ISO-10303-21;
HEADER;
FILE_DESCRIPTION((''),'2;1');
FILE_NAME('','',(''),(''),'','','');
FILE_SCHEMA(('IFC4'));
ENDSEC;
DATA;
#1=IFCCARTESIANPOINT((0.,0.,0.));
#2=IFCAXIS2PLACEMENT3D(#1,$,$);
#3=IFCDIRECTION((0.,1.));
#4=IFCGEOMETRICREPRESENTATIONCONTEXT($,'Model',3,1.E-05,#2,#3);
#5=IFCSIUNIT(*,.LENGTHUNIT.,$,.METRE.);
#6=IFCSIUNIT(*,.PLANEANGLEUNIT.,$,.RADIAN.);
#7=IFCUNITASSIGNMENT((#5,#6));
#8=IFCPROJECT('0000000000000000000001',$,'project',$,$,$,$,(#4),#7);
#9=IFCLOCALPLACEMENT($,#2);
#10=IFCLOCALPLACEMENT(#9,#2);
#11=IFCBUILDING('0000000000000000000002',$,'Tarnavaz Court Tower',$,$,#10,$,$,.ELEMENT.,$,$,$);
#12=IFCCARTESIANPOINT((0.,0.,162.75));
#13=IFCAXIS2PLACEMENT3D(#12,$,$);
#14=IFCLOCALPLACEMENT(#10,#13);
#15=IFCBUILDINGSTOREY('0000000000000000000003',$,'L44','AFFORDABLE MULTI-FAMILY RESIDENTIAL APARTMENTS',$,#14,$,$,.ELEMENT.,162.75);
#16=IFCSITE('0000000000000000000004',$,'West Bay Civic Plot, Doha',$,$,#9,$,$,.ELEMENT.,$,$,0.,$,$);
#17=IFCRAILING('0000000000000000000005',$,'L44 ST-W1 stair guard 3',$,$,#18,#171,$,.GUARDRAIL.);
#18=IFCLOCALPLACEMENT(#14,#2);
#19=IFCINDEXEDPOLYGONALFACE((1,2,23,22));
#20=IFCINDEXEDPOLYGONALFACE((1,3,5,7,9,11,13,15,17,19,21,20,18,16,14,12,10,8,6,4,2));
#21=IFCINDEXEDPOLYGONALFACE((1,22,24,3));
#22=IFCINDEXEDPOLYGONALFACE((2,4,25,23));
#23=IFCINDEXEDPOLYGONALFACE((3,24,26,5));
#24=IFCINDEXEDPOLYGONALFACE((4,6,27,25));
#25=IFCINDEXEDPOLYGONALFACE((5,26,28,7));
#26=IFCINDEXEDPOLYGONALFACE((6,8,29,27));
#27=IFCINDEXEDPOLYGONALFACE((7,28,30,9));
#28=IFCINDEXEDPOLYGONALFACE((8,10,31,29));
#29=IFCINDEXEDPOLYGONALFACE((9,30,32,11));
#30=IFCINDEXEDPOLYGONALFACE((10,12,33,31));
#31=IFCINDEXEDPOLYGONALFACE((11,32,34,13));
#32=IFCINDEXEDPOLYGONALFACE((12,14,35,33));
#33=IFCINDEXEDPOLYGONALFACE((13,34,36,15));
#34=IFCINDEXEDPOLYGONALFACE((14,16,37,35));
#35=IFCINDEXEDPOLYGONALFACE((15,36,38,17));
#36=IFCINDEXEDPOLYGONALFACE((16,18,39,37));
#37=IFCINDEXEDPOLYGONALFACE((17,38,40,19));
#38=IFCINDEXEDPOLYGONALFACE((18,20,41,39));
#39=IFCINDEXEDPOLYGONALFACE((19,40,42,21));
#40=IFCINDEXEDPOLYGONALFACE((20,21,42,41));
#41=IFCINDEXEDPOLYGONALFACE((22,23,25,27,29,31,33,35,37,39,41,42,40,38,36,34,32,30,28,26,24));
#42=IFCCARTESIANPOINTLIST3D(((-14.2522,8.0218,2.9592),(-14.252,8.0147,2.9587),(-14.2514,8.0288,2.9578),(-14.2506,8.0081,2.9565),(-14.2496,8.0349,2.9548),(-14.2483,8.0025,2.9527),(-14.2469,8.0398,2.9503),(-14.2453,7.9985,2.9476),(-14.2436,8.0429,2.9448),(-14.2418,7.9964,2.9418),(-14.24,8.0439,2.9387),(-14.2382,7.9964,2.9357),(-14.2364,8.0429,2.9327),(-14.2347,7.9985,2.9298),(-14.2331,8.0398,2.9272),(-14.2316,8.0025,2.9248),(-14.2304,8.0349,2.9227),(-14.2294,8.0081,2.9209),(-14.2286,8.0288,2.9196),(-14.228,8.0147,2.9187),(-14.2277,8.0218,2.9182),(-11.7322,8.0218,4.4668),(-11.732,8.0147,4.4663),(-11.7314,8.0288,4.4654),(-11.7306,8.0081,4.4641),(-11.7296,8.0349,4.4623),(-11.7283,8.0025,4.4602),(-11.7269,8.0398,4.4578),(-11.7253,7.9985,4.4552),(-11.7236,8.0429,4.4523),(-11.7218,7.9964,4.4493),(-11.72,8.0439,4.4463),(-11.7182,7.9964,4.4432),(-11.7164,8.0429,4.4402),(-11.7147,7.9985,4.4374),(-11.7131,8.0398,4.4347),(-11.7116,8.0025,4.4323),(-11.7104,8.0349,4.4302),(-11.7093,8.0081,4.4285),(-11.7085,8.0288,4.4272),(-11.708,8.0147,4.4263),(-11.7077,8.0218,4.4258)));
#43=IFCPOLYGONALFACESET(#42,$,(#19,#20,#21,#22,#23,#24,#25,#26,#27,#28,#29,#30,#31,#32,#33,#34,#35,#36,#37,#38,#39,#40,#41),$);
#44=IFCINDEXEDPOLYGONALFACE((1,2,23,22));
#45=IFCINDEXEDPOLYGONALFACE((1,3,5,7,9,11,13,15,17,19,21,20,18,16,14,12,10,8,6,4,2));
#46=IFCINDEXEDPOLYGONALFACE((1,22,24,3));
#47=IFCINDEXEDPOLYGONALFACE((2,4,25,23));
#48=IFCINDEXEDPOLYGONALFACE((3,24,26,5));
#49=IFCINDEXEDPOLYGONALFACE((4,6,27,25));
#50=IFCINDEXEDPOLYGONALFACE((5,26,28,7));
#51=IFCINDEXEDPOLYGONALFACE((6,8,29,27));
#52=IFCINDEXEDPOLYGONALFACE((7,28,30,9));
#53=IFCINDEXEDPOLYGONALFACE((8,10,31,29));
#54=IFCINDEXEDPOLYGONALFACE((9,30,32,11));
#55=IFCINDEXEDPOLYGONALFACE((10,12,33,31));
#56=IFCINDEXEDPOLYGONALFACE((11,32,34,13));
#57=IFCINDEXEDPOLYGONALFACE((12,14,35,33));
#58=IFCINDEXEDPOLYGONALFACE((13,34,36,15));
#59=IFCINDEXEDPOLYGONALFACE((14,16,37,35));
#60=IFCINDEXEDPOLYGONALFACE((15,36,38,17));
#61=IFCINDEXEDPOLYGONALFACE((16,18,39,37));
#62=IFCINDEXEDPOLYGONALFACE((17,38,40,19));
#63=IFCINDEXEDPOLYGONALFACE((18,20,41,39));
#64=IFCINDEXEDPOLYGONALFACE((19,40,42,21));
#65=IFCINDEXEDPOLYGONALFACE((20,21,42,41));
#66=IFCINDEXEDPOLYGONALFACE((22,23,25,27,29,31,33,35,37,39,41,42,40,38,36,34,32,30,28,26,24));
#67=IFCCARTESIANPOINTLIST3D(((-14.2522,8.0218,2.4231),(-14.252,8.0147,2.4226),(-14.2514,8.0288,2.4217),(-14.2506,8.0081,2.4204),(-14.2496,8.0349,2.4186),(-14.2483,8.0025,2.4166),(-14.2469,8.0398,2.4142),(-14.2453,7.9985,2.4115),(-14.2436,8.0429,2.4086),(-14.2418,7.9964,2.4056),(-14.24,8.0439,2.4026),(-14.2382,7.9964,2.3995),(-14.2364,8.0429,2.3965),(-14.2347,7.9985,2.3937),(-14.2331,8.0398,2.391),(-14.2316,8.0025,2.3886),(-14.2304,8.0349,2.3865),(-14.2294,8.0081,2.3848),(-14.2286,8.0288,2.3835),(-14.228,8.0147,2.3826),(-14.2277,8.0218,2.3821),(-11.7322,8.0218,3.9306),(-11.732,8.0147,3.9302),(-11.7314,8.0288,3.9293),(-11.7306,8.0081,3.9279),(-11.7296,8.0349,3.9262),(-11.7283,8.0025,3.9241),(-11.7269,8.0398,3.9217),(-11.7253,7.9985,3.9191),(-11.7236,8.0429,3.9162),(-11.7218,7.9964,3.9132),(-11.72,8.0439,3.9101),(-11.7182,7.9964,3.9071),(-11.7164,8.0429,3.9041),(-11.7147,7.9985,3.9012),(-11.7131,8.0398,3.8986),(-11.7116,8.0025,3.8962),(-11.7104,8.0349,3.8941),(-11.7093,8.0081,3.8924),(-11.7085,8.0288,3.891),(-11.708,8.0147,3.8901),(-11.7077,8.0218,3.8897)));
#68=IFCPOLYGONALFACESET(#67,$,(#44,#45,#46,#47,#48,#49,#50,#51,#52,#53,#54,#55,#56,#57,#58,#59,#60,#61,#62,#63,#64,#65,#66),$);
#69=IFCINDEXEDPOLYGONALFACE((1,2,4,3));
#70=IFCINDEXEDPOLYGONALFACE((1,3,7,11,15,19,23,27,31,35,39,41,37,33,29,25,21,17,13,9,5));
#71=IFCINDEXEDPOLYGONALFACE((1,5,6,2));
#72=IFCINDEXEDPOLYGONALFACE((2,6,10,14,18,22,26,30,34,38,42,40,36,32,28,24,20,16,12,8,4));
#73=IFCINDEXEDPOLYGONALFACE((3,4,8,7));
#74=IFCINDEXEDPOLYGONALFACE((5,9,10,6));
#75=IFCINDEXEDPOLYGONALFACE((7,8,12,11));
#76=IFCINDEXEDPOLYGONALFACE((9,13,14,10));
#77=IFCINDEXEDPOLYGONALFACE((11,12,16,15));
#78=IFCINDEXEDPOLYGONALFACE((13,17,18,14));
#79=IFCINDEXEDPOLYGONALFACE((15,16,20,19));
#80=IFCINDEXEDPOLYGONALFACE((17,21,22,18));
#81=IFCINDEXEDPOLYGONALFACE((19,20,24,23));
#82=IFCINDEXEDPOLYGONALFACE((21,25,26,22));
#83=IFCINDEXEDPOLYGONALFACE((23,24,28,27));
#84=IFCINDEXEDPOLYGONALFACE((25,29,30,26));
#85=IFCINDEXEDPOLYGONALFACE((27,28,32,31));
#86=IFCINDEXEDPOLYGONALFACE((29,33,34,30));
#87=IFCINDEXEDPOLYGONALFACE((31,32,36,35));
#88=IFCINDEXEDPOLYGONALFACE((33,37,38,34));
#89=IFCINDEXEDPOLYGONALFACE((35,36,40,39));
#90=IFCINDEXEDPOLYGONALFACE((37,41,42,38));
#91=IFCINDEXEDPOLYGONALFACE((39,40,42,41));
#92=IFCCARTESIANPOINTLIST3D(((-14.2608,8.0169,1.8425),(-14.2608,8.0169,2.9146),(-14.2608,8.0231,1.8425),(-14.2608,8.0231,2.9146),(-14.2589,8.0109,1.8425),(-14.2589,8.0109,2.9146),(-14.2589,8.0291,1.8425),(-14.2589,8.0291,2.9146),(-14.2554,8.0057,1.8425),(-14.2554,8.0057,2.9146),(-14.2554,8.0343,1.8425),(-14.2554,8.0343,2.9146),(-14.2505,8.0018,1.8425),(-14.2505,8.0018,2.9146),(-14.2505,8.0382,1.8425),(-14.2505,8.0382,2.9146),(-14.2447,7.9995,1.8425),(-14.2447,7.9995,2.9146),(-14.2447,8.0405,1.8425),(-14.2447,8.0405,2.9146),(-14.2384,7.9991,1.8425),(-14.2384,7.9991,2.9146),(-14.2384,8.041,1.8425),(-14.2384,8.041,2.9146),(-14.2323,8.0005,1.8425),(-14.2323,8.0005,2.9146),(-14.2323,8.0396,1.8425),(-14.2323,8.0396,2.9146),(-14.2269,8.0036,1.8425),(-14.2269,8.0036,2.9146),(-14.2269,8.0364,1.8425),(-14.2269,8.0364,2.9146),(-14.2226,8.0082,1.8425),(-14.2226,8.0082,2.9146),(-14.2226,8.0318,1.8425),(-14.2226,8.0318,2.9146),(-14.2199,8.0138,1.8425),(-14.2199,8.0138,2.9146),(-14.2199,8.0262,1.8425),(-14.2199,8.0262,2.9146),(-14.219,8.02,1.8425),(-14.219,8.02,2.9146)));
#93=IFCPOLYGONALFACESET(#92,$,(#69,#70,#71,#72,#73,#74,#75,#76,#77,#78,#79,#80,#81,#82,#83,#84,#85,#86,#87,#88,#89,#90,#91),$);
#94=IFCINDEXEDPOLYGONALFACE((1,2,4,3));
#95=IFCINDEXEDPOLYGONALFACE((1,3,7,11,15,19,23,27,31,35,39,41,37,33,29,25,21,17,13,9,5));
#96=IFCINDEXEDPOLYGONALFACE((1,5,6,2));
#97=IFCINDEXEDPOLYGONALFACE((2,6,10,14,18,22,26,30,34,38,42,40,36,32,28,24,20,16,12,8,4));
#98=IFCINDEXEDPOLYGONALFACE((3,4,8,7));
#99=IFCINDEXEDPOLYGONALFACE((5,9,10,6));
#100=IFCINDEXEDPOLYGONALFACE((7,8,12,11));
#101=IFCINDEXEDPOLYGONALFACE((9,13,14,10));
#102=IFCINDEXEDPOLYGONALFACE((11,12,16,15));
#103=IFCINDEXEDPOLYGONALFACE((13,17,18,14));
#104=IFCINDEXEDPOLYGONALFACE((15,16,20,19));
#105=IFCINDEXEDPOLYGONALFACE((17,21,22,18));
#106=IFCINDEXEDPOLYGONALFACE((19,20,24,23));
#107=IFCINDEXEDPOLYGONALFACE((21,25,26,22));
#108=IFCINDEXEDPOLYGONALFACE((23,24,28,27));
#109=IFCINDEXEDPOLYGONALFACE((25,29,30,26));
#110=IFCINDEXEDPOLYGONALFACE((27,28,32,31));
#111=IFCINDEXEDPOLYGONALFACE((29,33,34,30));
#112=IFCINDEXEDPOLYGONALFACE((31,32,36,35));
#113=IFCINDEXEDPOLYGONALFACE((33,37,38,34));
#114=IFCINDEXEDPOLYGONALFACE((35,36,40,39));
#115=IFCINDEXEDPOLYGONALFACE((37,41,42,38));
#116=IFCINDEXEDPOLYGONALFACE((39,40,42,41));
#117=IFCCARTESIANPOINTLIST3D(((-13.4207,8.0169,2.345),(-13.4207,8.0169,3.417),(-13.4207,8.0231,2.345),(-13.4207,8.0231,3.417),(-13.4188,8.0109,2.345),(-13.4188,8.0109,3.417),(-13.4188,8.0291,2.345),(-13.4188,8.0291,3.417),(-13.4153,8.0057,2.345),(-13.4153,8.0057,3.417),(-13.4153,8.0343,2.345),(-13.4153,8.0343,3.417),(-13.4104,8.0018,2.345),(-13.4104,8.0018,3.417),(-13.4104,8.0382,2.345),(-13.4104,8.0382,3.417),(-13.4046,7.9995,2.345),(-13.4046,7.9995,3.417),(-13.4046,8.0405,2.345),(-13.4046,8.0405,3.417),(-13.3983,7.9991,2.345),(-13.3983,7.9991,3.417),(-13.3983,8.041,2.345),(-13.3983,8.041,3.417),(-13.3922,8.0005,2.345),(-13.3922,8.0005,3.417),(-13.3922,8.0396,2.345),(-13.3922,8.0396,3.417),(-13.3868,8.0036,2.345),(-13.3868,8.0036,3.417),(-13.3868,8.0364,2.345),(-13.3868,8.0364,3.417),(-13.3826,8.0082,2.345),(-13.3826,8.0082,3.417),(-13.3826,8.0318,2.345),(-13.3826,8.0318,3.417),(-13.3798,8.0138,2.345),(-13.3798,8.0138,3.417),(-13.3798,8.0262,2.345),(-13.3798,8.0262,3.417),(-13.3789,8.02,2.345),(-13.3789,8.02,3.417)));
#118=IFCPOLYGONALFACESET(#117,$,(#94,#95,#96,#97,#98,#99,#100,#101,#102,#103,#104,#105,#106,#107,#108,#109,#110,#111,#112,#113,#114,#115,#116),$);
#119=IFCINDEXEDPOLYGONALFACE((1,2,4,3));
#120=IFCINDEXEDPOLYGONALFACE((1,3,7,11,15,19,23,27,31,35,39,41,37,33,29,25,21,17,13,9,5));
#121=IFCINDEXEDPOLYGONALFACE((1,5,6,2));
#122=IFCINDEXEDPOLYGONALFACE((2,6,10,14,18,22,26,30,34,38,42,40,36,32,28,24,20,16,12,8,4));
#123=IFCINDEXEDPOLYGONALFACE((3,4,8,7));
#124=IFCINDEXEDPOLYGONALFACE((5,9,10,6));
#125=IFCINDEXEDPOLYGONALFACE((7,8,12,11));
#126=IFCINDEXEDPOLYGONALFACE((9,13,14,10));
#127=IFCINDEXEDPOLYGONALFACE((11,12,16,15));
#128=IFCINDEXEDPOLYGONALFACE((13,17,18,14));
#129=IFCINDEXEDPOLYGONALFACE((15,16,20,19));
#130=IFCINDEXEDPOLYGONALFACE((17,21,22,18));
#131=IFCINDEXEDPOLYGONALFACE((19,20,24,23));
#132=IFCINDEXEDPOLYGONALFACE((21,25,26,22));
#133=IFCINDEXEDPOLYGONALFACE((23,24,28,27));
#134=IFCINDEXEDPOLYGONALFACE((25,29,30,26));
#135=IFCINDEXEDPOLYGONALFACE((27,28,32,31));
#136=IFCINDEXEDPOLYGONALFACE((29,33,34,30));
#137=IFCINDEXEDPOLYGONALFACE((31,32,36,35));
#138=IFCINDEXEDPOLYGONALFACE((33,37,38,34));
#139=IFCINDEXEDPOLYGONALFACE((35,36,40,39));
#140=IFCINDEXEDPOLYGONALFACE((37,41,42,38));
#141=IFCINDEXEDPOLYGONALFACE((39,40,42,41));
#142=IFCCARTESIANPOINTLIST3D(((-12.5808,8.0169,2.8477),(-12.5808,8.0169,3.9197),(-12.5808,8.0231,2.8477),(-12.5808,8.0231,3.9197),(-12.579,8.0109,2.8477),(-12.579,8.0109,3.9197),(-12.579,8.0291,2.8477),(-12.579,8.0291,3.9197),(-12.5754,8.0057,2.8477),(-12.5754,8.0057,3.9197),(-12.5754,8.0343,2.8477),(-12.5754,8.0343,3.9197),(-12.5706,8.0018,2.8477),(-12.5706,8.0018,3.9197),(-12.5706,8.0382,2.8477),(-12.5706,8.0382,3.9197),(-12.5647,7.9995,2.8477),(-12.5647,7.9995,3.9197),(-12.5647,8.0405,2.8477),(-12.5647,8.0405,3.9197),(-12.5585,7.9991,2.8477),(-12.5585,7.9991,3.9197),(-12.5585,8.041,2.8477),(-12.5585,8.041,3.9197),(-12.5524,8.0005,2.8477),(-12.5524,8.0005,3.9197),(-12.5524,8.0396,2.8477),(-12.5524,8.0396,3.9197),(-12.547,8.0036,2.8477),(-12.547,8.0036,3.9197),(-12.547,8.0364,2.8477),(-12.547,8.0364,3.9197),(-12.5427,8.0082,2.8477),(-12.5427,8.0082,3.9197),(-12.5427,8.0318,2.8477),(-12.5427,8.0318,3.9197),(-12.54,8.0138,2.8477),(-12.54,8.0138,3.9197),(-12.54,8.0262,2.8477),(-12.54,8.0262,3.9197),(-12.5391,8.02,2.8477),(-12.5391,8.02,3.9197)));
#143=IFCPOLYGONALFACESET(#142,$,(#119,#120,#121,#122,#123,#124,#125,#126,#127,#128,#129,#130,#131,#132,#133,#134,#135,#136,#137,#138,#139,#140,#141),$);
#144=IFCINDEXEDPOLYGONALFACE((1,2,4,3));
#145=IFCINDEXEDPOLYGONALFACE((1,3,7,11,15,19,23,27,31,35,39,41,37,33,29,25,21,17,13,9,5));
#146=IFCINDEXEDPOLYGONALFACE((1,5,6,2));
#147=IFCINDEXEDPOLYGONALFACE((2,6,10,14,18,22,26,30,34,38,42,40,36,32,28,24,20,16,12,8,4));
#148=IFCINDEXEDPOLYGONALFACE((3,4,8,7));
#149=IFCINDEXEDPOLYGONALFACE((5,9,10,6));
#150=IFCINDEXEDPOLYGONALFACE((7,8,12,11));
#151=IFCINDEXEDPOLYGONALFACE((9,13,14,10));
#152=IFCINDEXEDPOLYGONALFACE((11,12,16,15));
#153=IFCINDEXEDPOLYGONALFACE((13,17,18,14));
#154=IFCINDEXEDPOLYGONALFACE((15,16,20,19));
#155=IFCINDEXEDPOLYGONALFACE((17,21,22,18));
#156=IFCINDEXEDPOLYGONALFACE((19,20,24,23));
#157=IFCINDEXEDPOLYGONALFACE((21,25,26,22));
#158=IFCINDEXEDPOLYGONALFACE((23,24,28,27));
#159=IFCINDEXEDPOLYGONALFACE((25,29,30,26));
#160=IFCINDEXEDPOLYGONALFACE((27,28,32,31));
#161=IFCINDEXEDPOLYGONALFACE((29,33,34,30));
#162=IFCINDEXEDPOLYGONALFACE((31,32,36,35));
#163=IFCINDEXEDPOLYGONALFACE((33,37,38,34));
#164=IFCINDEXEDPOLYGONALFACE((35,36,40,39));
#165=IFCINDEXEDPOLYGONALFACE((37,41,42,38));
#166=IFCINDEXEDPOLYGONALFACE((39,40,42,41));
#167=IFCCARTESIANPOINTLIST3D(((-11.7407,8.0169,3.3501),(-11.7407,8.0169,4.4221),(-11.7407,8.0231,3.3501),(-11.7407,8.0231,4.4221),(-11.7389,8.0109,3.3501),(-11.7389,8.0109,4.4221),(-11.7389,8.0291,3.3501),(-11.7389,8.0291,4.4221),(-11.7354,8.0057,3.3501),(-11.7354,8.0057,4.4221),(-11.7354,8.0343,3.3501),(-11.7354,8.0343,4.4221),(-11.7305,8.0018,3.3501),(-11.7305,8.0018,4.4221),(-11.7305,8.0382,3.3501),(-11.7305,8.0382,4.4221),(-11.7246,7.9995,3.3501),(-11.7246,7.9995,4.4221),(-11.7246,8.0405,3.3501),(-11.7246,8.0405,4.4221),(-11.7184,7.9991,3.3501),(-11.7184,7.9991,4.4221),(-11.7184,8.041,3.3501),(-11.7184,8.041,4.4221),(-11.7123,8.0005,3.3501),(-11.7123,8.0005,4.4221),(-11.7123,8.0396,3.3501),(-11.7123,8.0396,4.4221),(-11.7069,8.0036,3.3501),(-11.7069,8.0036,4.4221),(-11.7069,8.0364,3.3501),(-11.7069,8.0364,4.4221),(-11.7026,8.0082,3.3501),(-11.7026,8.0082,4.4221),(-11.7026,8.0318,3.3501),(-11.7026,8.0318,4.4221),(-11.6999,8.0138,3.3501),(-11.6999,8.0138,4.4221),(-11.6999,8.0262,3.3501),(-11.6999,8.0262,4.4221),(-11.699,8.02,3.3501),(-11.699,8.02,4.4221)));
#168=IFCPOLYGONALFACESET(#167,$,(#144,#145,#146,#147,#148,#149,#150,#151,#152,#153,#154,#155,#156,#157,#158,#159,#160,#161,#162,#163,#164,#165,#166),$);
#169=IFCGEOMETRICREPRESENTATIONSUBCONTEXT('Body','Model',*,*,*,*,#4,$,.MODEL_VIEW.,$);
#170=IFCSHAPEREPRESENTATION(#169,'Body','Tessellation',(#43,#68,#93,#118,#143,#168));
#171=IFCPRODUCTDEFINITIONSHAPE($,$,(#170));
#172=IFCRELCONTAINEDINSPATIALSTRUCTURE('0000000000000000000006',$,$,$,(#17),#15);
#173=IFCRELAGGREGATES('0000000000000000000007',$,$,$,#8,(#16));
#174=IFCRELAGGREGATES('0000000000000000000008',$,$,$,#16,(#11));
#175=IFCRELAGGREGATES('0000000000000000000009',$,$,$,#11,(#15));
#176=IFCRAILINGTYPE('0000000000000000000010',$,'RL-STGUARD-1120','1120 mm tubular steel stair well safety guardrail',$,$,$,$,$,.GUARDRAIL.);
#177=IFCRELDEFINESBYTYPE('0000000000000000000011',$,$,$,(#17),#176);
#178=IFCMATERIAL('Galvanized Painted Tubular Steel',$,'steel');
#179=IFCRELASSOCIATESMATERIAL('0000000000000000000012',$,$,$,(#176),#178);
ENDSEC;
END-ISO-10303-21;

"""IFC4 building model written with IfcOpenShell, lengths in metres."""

from ifc_helpers import new_model, si_unit, direction, frame, origin, origin_2d, place, context, subcontext, project, spatial, circle, extrude, material, type_object, element, save


model = new_model("IFC4")

# Units and contexts
model_context = context("Model", 3, precision=1e-05, world=origin(), true_north=direction((0.0, 1.0)))
body_context = subcontext(model_context, "Body", "Model", "MODEL_VIEW")
ifc_project = project(units=[si_unit("LENGTHUNIT", "METRE"), si_unit("PLANEANGLEUNIT", "RADIAN")], contexts=[model_context])

# Site, building, storey
site_placement = place(None, origin())
site = spatial("IfcSite", under=ifc_project, at=site_placement, Name="West Bay Civic Plot, Doha", CompositionType="ELEMENT", RefElevation=0.0)
building_placement = place(site_placement, origin())
building = spatial("IfcBuilding", under=site, at=building_placement, Name="Tarnavaz Court Tower", CompositionType="ELEMENT")
storey_placement = place(building_placement, frame((0.0, 0.0, 162.75)))
storey = spatial("IfcBuildingStorey", under=building, at=storey_placement, Name="L44", Description="AFFORDABLE MULTI-FAMILY RESIDENTIAL APARTMENTS", CompositionType="ELEMENT", Elevation=162.75)

# Railing
ifc_material_1 = material(Name="Galvanized Painted Tubular Steel", Category="steel")
railing_type_1 = type_object("IfcRailingType", Name="RL-STGUARD-1120", Description="1120 mm tubular steel stair well safety guardrail", PredefinedType="GUARDRAIL", material=ifc_material_1)
railing_1_placement = place(storey_placement, frame((-14.24, 8.02, 1.8425)))
element("IfcRailing", 1, at=railing_1_placement, inside=storey, type_object=railing_type_1, Name="L44 ST-W1 stair guard 3", PredefinedType="GUARDRAIL", context=body_context, shape_type="SweptSolid", body=[
    extrude(circle(Radius=0.0239, at=origin_2d()), frame((0.0, 0.0, 1.0962), z_axis=(0.85816, 0.0, 0.513383), x_axis=(0.0, 1.0, 0.0)), (0.0, 0.0, 1.0), 2.9365),
    extrude(circle(Radius=0.0239, at=origin_2d()), frame((0.0, 0.0, 0.5601), z_axis=(0.85816, 0.0, 0.513383), x_axis=(0.0, 1.0, 0.0)), (0.0, 0.0, 1.0), 2.9365),
    extrude(circle(Radius=0.021, at=origin_2d()), origin(), (0.0, 0.0, 1.0), 1.072),
    extrude(circle(Radius=0.021, at=origin_2d()), frame((0.8401, 0.0, 0.5024)), (0.0, 0.0, 1.0), 1.072),
    extrude(circle(Radius=0.021, at=origin_2d()), frame((1.6799, 0.0, 1.0051)), (0.0, 0.0, 1.0), 1.072),
    extrude(circle(Radius=0.021, at=origin_2d()), frame((2.52, 0.0, 1.5076)), (0.0, 0.0, 1.0), 1.072),
])

save(model, "model.ifc")
